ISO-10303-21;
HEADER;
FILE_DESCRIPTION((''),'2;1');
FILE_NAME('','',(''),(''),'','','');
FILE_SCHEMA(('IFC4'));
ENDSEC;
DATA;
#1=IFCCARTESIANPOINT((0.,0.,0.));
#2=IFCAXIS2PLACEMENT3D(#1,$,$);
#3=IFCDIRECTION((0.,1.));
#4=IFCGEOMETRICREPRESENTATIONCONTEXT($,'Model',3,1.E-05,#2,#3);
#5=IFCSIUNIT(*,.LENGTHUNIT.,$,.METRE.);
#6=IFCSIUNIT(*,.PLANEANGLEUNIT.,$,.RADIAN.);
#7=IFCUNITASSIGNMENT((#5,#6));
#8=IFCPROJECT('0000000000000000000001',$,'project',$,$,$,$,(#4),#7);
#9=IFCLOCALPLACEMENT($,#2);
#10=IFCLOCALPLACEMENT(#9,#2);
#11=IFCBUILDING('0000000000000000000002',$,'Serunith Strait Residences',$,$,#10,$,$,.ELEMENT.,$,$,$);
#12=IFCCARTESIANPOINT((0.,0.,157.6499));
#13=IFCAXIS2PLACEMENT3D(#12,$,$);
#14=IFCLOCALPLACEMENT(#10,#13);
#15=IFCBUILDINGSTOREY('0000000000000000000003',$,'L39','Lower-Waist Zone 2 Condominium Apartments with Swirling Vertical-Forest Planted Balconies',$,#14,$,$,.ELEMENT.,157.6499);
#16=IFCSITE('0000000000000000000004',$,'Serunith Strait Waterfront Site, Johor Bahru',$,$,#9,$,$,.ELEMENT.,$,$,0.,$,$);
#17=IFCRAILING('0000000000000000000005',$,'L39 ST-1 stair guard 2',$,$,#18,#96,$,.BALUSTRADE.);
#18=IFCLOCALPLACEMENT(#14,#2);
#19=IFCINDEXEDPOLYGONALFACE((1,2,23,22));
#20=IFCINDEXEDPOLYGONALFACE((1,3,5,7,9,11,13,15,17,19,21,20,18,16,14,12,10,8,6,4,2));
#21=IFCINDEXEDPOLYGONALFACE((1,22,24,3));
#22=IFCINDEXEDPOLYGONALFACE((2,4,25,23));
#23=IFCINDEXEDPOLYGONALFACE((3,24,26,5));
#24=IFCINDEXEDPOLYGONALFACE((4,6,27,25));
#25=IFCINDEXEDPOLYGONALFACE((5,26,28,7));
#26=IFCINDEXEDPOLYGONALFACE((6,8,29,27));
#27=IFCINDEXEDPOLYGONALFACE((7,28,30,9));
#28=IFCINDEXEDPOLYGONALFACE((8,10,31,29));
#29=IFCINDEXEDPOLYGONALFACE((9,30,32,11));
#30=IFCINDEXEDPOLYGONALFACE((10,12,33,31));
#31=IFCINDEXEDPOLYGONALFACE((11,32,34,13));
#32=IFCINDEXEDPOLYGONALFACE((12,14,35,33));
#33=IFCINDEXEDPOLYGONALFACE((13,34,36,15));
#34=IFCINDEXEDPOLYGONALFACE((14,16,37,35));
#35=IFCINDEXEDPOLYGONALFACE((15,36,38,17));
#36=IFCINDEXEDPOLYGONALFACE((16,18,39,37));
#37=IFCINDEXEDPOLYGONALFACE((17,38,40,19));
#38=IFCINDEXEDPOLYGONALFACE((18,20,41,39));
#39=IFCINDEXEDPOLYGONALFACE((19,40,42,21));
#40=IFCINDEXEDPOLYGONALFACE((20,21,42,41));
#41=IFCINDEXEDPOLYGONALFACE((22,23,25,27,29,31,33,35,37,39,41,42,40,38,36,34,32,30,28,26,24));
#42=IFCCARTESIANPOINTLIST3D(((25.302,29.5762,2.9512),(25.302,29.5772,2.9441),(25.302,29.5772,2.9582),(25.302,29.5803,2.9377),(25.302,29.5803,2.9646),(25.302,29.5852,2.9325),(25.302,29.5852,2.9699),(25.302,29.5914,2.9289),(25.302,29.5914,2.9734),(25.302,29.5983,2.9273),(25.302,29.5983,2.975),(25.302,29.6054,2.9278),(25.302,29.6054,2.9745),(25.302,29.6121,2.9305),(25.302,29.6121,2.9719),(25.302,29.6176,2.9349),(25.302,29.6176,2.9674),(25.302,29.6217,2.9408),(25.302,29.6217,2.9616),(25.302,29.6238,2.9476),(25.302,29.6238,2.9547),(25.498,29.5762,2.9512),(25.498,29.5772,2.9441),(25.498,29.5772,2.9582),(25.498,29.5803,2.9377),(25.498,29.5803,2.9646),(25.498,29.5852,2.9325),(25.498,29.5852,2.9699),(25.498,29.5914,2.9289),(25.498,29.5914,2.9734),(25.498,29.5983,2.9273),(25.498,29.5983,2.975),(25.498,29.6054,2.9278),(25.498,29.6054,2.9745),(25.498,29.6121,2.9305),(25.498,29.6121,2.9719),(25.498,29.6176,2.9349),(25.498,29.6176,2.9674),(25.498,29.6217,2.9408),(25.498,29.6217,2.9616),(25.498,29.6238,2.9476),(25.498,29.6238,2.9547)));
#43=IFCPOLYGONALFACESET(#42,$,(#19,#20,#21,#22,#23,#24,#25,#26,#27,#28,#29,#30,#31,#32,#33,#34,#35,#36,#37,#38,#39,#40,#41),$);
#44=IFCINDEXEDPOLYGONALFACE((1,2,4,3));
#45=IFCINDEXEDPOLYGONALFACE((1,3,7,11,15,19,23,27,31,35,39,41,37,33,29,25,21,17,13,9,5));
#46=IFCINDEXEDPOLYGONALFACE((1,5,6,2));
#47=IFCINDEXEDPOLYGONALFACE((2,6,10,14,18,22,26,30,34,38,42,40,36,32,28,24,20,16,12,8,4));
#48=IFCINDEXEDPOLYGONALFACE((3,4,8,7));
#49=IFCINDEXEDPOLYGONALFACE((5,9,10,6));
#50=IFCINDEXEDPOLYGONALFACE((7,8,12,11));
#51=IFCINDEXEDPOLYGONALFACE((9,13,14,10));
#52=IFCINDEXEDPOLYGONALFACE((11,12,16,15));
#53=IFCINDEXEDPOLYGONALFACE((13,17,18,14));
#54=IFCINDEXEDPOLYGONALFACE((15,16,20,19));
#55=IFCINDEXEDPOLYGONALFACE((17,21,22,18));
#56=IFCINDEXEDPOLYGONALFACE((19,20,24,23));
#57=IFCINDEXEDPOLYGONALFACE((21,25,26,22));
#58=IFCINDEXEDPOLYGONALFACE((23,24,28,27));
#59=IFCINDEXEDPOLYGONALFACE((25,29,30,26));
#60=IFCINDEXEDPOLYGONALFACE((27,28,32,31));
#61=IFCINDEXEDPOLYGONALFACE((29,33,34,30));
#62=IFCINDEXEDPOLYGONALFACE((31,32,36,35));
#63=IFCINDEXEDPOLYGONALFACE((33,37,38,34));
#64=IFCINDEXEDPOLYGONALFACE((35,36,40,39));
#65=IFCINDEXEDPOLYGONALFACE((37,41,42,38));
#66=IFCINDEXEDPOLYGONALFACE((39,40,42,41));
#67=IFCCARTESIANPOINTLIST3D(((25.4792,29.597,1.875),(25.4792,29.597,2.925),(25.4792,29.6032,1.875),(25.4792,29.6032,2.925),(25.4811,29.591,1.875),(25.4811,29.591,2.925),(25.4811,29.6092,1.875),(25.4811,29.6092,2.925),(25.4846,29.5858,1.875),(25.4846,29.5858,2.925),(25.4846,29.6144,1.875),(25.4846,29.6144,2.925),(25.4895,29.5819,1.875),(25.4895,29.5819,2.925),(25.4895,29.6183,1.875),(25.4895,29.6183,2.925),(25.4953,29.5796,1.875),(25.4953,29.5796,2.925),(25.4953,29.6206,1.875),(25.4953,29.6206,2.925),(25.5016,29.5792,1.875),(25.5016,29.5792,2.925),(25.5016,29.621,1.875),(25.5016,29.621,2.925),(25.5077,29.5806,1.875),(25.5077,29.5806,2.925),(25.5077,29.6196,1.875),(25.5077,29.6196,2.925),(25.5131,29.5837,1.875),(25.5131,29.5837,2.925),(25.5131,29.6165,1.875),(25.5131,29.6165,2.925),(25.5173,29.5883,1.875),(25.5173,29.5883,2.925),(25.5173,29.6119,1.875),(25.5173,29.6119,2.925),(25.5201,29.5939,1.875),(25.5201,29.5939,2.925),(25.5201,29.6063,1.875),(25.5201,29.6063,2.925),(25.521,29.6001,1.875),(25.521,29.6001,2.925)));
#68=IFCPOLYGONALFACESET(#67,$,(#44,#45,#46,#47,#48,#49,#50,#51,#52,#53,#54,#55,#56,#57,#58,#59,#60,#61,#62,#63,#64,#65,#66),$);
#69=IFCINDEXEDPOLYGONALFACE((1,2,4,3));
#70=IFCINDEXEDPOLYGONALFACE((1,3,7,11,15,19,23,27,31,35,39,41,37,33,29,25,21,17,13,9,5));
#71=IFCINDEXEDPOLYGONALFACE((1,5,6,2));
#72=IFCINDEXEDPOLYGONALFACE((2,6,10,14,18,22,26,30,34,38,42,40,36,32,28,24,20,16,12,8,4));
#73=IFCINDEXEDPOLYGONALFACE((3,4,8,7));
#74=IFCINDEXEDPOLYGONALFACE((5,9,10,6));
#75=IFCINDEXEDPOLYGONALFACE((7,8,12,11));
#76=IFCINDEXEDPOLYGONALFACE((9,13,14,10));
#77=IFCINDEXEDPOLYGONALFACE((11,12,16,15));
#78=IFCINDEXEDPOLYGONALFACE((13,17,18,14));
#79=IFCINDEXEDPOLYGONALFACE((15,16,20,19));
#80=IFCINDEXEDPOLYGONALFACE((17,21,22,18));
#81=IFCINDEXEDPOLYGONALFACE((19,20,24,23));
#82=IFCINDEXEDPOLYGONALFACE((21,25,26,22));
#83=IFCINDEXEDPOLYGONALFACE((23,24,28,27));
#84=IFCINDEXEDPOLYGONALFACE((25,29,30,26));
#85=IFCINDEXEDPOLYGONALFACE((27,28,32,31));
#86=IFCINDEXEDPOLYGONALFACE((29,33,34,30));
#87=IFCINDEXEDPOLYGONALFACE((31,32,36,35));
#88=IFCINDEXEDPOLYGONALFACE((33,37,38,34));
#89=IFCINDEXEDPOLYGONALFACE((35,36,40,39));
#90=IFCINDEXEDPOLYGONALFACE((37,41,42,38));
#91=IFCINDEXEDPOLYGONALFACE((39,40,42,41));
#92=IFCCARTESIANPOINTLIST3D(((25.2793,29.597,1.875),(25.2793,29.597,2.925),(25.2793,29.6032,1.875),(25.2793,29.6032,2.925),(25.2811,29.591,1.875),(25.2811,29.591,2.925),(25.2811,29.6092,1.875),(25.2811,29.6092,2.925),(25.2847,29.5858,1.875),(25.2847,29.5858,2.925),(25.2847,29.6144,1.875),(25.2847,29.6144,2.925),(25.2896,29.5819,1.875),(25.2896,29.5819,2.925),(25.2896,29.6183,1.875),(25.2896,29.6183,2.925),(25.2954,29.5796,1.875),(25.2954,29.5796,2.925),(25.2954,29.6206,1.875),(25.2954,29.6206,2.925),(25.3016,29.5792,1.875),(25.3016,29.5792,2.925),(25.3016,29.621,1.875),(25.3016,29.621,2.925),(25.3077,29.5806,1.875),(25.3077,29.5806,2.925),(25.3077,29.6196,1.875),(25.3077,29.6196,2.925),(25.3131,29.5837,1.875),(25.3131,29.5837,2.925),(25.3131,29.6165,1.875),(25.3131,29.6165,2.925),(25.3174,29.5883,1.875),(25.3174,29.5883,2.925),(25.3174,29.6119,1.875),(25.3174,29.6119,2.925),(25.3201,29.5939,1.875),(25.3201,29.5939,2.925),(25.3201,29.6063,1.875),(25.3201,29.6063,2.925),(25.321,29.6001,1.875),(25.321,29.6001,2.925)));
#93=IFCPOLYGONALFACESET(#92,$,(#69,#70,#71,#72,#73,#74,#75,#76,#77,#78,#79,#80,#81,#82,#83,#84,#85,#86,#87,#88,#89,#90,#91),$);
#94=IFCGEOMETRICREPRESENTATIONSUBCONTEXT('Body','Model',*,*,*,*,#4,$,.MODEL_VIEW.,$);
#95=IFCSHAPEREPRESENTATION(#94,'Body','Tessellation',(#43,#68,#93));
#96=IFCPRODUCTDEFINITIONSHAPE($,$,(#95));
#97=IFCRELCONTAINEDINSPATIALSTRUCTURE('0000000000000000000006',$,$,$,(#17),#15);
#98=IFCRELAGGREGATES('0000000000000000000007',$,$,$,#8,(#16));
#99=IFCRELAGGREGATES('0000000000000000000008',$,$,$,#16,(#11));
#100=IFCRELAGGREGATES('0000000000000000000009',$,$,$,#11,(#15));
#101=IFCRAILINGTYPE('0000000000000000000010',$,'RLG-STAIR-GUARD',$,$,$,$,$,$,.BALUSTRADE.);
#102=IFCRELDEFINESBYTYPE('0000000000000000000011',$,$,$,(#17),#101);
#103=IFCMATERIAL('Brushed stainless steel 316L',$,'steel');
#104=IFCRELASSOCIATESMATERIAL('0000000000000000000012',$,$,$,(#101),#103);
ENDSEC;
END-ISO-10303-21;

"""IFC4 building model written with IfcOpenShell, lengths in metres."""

from ifc_helpers import new_model, si_unit, direction, frame, origin, origin_2d, place, context, subcontext, project, spatial, circle, extrude, material, type_object, element, save


model = new_model("IFC4")

# Units and contexts
model_context = context("Model", 3, precision=1e-05, world=origin(), true_north=direction((0.0, 1.0)))
body_context = subcontext(model_context, "Body", "Model", "MODEL_VIEW")
ifc_project = project(units=[si_unit("LENGTHUNIT", "METRE"), si_unit("PLANEANGLEUNIT", "RADIAN")], contexts=[model_context])

# Site, building, storey
site_placement = place(None, origin())
site = spatial("IfcSite", under=ifc_project, at=site_placement, Name="Serunith Strait Waterfront Site, Johor Bahru", CompositionType="ELEMENT", RefElevation=0.0)
building_placement = place(site_placement, origin())
building = spatial("IfcBuilding", under=site, at=building_placement, Name="Serunith Strait Residences", CompositionType="ELEMENT")
storey_placement = place(building_placement, frame((0.0, 0.0, 157.6499)))
storey = spatial("IfcBuildingStorey", under=building, at=storey_placement, Name="L39", Description="Lower-Waist Zone 2 Condominium Apartments with Swirling Vertical-Forest Planted Balconies", CompositionType="ELEMENT", Elevation=157.6499)

# Railing
ifc_material_1 = material(Name="Brushed stainless steel 316L", Category="steel")
railing_type_1 = type_object("IfcRailingType", Name="RLG-STAIR-GUARD", PredefinedType="BALUSTRADE", material=ifc_material_1)
railing_1_placement = place(storey_placement, frame((25.5, 29.6001, 1.875)))
element("IfcRailing", 1, at=railing_1_placement, inside=storey, type_object=railing_type_1, Name="L39 ST-1 stair guard 2", PredefinedType="BALUSTRADE", context=body_context, shape_type="SweptSolid", body=[
    extrude(circle(Radius=0.0239, at=origin_2d()), frame((-0.002, 0.0, 1.0762), z_axis=(-1.0, 0.0, 0.0), x_axis=(0.0, -1.0, 0.0)), (0.0, 0.0, 1.0), 0.196),
    extrude(circle(Radius=0.021, at=origin_2d()), origin(), (0.0, 0.0, 1.0), 1.05),
    extrude(circle(Radius=0.021, at=origin_2d()), frame((-0.2, 0.0, 0.0)), (0.0, 0.0, 1.0), 1.05),
])

save(model, "model.ifc")
